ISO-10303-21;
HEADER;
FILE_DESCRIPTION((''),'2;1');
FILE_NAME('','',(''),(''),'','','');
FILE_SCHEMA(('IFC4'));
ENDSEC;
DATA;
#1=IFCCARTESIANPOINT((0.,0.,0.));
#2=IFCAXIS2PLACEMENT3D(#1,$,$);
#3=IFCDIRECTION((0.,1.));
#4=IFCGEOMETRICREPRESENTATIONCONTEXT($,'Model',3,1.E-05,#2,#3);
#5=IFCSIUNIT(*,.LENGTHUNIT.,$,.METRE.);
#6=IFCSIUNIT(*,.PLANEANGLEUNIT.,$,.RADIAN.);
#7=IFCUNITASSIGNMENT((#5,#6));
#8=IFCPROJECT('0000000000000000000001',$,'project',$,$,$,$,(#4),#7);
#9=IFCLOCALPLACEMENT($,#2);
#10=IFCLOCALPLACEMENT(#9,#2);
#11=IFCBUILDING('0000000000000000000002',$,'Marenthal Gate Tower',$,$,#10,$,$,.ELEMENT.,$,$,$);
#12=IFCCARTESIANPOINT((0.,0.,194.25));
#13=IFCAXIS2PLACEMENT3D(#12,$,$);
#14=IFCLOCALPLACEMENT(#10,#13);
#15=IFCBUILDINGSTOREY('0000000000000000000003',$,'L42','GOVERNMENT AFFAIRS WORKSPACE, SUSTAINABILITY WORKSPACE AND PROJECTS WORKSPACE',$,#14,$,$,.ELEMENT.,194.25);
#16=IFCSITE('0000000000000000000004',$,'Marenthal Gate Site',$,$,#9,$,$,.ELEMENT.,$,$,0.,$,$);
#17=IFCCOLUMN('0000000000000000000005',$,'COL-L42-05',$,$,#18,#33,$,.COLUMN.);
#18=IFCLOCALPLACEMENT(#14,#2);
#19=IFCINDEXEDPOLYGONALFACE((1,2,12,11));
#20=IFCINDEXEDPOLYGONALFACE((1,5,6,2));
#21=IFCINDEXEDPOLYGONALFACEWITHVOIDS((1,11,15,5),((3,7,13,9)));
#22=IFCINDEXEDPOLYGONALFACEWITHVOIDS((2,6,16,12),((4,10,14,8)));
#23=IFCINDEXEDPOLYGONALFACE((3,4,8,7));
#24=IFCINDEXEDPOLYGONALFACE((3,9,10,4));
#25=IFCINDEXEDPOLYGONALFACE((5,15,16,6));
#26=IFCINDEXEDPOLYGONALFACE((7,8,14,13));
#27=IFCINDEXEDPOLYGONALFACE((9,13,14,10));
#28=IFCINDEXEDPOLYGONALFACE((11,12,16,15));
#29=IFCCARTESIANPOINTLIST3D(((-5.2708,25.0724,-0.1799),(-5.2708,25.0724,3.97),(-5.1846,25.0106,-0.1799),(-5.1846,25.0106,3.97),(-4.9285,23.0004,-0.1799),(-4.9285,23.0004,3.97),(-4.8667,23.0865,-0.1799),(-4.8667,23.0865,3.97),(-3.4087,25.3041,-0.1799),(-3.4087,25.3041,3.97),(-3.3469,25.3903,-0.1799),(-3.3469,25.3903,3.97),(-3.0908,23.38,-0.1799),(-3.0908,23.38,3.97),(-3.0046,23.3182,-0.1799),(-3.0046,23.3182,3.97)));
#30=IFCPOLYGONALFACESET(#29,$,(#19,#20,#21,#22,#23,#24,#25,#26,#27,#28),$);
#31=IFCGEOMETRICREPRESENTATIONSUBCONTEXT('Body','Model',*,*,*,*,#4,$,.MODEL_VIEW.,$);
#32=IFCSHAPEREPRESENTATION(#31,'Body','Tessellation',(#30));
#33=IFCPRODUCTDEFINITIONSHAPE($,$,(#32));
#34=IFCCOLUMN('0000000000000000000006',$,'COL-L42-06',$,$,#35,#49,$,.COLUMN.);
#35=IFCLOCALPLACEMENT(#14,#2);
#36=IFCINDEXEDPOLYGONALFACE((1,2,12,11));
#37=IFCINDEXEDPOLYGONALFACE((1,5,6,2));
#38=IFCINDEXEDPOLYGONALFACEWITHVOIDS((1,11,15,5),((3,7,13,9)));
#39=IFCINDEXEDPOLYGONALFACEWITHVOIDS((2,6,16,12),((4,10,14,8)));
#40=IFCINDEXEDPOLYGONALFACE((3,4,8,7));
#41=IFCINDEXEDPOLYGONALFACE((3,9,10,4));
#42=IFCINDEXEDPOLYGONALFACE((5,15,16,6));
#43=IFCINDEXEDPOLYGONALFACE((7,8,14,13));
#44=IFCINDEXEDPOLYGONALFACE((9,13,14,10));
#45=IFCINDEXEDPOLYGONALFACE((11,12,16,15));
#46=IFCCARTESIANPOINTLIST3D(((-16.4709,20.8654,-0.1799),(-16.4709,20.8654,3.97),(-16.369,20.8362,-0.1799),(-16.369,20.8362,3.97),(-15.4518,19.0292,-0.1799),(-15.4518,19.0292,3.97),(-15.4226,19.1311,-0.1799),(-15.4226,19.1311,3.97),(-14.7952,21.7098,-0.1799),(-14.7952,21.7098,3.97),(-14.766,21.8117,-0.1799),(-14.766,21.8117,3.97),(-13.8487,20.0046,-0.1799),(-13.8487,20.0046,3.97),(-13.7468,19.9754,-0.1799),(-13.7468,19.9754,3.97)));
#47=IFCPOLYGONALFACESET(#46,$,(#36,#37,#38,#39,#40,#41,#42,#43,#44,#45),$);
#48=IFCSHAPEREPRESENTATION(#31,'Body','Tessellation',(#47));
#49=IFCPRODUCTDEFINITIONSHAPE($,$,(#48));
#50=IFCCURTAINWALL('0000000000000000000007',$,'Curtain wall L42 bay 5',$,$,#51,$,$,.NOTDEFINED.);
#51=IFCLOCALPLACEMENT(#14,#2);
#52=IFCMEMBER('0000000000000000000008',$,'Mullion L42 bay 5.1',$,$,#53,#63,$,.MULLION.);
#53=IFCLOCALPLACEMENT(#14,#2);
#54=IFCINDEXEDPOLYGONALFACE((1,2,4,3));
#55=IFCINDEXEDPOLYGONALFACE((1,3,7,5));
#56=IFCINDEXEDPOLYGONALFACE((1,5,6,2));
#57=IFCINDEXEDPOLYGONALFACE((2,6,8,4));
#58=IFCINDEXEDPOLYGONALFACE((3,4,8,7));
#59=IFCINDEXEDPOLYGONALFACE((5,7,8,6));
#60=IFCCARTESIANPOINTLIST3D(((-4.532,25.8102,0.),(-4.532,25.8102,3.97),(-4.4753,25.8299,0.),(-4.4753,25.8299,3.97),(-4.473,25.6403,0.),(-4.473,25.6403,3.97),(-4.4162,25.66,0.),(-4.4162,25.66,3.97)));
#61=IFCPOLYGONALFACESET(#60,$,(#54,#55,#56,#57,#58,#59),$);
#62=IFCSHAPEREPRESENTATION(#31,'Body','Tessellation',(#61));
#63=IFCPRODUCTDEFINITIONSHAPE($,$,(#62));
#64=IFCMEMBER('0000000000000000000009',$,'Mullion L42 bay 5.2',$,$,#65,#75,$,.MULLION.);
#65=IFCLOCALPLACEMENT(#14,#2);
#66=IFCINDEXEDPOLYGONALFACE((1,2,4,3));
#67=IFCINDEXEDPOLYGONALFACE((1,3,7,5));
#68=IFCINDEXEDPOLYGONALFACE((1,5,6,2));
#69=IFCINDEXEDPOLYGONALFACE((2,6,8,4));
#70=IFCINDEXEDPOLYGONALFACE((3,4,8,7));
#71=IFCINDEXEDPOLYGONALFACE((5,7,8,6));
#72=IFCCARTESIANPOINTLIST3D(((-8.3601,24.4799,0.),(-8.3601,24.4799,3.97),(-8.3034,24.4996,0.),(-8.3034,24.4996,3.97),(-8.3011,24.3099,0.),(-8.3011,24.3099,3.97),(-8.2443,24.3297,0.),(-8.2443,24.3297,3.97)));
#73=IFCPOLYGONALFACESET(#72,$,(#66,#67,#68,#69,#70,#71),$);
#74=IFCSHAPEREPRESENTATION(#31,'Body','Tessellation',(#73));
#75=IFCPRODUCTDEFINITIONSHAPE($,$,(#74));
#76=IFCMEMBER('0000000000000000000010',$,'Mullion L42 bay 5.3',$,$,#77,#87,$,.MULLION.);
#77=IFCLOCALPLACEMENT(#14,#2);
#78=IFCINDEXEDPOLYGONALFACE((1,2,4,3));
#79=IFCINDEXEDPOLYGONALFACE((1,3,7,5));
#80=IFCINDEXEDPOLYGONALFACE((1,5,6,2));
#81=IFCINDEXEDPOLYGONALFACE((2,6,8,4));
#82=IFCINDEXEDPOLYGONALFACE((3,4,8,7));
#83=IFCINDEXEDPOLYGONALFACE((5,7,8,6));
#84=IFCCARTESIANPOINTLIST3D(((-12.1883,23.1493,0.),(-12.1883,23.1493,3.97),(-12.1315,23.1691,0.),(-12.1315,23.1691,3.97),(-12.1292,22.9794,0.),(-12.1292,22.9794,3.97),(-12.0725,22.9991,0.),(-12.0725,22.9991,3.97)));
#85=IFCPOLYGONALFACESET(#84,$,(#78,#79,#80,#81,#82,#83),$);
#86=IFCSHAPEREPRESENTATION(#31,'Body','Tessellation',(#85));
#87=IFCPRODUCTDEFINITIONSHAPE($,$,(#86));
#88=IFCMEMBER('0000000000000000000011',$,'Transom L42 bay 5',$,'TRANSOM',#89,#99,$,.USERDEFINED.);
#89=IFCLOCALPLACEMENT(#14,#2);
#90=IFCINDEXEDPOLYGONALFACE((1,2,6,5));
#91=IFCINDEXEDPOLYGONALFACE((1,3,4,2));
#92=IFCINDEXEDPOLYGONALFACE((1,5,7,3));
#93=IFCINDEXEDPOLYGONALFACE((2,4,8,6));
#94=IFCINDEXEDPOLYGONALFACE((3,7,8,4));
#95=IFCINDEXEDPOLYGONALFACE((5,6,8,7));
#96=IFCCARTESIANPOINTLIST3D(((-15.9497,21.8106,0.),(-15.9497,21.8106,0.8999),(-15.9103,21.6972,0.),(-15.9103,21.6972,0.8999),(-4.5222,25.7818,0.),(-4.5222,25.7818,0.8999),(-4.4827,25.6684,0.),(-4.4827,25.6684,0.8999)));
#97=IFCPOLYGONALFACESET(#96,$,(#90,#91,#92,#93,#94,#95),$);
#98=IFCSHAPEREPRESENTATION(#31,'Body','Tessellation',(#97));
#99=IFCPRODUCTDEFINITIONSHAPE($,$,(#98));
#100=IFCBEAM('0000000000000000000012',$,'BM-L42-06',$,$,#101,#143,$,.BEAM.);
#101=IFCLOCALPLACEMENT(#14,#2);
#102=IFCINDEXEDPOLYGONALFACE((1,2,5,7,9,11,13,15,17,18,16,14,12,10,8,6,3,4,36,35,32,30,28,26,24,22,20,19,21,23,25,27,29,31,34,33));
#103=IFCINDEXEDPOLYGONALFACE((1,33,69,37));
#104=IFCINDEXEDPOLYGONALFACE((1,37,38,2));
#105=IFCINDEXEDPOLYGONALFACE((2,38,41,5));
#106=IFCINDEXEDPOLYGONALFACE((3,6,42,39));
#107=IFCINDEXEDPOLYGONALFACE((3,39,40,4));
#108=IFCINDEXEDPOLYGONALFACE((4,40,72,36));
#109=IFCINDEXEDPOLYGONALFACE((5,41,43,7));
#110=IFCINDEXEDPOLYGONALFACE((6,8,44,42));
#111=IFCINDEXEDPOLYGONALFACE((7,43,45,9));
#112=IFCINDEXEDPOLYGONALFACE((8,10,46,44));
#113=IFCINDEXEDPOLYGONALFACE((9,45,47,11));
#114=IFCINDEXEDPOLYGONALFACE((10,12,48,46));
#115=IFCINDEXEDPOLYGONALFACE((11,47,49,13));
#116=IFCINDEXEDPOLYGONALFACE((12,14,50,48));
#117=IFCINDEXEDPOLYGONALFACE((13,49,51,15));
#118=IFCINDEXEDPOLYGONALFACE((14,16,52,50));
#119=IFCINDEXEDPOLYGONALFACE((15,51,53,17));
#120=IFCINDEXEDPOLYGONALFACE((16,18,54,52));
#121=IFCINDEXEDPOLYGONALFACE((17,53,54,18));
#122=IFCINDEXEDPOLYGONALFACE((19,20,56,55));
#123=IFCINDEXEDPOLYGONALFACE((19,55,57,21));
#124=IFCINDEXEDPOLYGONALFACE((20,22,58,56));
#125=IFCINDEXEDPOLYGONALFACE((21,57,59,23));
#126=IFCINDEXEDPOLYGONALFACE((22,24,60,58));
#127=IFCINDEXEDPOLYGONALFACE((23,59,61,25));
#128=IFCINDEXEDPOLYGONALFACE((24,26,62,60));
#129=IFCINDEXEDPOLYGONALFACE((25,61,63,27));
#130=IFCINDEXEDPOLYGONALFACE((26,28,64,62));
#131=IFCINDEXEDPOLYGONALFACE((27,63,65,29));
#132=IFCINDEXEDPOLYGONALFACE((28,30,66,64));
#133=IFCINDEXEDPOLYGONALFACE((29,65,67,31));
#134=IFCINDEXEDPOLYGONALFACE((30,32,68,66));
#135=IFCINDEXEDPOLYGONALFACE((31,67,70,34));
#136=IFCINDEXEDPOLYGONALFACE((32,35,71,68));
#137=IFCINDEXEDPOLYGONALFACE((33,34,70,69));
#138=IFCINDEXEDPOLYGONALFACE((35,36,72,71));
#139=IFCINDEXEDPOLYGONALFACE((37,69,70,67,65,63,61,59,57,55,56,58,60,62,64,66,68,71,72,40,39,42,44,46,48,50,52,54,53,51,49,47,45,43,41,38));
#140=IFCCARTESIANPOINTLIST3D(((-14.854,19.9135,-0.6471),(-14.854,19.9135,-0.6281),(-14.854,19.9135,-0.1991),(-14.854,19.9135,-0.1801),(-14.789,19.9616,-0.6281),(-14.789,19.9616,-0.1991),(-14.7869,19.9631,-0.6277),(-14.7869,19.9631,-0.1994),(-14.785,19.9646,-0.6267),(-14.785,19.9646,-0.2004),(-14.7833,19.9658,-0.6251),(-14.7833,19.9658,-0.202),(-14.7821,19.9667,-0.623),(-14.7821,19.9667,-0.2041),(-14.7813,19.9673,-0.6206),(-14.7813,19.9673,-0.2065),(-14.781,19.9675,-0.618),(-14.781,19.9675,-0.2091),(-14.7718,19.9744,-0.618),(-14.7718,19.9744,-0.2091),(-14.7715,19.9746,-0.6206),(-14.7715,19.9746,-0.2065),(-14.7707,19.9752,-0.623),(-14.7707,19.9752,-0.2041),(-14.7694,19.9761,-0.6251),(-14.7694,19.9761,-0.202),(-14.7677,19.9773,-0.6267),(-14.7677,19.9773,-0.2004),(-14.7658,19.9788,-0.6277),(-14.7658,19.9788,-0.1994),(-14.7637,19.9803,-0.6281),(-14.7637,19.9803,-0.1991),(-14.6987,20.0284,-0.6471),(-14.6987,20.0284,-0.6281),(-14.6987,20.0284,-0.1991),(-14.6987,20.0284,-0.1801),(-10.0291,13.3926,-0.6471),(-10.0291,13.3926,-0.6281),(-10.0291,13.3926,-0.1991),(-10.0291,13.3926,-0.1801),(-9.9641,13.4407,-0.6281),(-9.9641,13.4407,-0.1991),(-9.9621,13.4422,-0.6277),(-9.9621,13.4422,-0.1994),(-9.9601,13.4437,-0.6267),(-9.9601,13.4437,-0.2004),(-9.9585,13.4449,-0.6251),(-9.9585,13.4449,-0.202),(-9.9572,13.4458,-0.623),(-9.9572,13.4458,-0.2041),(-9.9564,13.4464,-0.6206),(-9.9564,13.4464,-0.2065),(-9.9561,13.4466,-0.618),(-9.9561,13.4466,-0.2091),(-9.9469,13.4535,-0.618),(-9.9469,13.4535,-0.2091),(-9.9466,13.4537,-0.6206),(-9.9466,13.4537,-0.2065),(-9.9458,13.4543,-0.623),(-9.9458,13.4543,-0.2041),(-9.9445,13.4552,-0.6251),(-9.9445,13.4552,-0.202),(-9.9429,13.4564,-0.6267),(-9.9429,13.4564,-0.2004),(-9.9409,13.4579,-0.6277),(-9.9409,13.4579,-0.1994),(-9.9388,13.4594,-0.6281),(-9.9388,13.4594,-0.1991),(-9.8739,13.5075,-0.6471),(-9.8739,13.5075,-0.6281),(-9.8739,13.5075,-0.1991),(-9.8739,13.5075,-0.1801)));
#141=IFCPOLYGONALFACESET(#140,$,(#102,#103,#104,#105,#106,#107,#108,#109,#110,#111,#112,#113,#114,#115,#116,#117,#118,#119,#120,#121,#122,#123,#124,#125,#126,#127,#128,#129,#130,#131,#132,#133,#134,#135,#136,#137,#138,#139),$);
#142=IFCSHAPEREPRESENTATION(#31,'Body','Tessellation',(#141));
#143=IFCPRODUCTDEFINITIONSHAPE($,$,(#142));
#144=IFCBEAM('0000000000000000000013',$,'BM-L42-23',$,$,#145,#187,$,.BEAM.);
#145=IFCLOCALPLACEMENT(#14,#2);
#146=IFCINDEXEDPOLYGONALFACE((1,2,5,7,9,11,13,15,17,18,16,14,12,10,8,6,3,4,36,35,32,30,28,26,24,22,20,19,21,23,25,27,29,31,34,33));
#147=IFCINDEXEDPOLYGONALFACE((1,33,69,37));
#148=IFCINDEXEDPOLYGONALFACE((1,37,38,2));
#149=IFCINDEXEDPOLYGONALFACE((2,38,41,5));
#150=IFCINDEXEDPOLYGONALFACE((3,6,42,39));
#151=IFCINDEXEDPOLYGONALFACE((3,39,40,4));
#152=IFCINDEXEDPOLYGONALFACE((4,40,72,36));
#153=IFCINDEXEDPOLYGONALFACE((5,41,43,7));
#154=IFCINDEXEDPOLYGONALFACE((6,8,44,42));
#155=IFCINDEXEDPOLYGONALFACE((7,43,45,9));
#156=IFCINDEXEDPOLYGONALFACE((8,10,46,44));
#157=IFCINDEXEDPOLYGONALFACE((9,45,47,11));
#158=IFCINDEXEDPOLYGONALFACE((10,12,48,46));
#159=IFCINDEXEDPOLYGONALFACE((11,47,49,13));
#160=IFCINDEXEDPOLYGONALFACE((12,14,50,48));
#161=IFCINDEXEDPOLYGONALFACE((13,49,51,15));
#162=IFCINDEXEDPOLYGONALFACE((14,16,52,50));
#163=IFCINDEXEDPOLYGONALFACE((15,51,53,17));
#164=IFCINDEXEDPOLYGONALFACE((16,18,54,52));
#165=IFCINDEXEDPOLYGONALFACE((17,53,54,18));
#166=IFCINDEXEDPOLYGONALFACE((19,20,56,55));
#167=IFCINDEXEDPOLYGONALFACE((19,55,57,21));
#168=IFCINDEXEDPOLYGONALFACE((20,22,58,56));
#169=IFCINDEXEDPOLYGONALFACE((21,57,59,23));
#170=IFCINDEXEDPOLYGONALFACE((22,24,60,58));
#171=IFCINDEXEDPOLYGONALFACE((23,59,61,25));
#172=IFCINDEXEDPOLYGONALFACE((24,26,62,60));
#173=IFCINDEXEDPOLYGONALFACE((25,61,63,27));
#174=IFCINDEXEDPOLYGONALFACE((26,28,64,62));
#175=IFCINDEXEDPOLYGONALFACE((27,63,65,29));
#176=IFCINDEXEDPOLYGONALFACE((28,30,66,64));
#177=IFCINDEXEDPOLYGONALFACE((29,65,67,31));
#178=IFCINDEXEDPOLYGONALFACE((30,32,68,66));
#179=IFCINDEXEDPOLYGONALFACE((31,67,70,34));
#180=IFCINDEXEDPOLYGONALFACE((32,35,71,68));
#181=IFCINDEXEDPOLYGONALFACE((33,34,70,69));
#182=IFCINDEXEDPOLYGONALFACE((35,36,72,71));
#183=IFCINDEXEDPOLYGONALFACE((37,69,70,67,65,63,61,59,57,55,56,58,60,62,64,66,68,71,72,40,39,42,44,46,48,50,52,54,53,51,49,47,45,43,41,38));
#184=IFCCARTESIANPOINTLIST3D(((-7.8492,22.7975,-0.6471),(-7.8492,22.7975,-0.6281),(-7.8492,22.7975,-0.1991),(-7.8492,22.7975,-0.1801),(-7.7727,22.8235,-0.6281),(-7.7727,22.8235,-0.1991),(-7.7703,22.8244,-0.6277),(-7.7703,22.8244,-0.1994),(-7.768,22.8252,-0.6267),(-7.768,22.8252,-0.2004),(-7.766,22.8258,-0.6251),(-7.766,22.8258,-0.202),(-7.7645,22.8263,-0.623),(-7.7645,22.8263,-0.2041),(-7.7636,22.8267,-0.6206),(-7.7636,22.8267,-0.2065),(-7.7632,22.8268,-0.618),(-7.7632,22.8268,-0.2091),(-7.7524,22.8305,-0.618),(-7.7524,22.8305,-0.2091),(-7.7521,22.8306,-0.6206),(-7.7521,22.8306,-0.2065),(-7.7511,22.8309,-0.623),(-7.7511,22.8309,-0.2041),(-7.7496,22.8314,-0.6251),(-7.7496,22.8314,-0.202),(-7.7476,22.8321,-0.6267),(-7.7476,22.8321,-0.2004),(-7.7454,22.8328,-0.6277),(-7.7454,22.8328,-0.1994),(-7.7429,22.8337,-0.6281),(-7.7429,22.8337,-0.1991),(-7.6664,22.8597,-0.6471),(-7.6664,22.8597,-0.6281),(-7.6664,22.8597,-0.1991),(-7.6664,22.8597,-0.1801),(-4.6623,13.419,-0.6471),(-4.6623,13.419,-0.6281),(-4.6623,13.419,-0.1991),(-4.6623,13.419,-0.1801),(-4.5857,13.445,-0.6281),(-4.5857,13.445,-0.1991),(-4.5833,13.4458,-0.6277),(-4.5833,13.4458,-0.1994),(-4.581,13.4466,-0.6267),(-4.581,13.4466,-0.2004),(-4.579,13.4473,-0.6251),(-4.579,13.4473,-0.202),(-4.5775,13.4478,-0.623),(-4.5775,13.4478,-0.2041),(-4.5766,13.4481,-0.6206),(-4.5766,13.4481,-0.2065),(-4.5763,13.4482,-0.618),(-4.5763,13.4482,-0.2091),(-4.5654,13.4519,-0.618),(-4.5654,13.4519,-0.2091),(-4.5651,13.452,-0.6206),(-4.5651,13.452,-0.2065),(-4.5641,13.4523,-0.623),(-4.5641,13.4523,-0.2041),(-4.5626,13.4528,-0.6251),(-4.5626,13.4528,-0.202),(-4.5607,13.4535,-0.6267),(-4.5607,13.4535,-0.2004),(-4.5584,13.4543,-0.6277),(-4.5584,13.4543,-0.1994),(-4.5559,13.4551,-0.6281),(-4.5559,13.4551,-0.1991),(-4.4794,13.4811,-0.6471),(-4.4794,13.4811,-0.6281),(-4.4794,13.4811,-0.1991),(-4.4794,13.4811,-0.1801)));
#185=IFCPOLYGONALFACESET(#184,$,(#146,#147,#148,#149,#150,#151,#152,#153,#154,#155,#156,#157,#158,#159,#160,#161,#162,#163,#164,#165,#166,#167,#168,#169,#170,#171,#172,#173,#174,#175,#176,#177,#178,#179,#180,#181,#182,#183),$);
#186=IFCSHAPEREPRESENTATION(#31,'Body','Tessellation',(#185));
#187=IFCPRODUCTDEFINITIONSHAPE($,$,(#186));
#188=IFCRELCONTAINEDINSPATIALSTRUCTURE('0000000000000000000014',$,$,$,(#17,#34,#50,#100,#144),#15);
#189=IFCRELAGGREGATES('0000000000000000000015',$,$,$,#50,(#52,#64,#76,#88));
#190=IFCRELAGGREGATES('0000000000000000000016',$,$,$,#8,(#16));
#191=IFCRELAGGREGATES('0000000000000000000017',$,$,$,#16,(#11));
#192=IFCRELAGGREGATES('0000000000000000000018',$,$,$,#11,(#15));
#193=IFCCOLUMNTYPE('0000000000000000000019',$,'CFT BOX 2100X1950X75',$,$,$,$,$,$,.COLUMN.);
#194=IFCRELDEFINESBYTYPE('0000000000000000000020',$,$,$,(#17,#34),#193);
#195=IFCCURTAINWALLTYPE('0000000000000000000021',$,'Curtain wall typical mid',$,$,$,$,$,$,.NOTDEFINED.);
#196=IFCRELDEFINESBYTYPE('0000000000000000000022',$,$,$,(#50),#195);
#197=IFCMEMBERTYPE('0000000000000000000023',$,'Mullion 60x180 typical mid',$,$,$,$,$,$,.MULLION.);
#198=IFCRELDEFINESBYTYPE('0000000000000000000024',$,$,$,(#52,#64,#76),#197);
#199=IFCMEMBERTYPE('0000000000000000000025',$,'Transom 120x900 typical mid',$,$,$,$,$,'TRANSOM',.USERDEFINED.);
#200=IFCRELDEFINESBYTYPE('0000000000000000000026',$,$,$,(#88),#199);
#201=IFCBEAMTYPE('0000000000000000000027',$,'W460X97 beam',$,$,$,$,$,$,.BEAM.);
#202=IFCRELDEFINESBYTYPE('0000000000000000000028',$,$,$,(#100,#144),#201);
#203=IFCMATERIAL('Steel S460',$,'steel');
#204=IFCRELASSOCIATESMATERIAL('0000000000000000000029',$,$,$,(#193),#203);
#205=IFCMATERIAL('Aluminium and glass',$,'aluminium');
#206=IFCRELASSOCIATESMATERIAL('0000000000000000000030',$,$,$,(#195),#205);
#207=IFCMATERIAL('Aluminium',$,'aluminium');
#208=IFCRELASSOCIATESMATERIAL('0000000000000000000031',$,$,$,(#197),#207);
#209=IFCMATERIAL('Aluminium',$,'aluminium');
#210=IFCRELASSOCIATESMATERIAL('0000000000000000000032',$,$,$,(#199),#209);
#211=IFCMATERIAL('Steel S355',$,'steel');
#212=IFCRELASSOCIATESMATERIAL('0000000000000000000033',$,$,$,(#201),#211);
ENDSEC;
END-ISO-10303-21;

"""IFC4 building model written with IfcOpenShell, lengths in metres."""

from ifc_helpers import new_model, si_unit, direction, frame, origin, origin_2d, place, context, subcontext, project, spatial, rectangle, hollow_rectangle, i_section, extrude, material, material_profile, profile_set, type_object, element, aggregate, save


model = new_model("IFC4")

# Units and contexts
model_context = context("Model", 3, precision=1e-05, world=origin(), true_north=direction((0.0, 1.0)))
body_context = subcontext(model_context, "Body", "Model", "MODEL_VIEW")
ifc_project = project(units=[si_unit("LENGTHUNIT", "METRE"), si_unit("PLANEANGLEUNIT", "RADIAN")], contexts=[model_context])

# Site, building, storey
site_placement = place(None, origin())
site = spatial("IfcSite", under=ifc_project, at=site_placement, Name="Marenthal Gate Site", CompositionType="ELEMENT", RefElevation=0.0)
building_placement = place(site_placement, origin())
building = spatial("IfcBuilding", under=site, at=building_placement, Name="Marenthal Gate Tower", CompositionType="ELEMENT")
storey_placement = place(building_placement, frame((0.0, 0.0, 194.25)))
storey = spatial("IfcBuildingStorey", under=building, at=storey_placement, Name="L42", Description="GOVERNMENT AFFAIRS WORKSPACE, SUSTAINABILITY WORKSPACE AND PROJECTS WORKSPACE", CompositionType="ELEMENT", Elevation=194.25)

# Columns
ifc_material_1 = material(Name="Steel S460", Category="steel")
ifc_material_profile_1 = material_profile(ifc_material_1, hollow_rectangle(XDim=1.95, YDim=2.1001, WallThickness=0.075, at=origin_2d()), Name="CFT BOX 2100X1950X75")
ifc_material_2 = material(Name="Concrete 70 MPa", Category="concrete")
ifc_material_profile_2 = material_profile(ifc_material_2, rectangle(XDim=1.8, YDim=1.95, at=origin_2d()), Name="CFT BOX 2100X1950X75 INFILL")
ifc_profile_set_1 = profile_set([ifc_material_profile_1, ifc_material_profile_2], Name="Steel S460 shell, Concrete 70 MPa infill")
column_type = type_object("IfcColumnType", Name="CFT BOX 2100X1950X75", PredefinedType="COLUMN", material=ifc_profile_set_1)
for number, where, z_axis, x_axis, name in (
    (1, (-4.1377, 24.1953, -0.1799), (0.0, 0.0, 1.0), (0.986623, 0.163018, 0.0), "COL-L42-05"),
    (2, (-15.1089, 20.4204, -0.1799), (0.0, 0.0, 1.0), (0.874354, 0.485289, 0.0), "COL-L42-06"),
):
    element("IfcColumn", number, at=place(storey_placement, frame(where, z_axis=z_axis, x_axis=x_axis)), inside=storey, type_object=column_type, Name=name, PredefinedType="COLUMN", context=body_context, shape_type="SweptSolid", body=[
        extrude(hollow_rectangle(XDim=1.95, YDim=2.1001, WallThickness=0.075, at=origin_2d()), origin(), (0.0, 0.0, 1.0), 4.1499),
    ])

# Curtain wall, members
ifc_material_3 = material(Name="Aluminium and glass", Category="aluminium")
curtain_wall_type = type_object("IfcCurtainWallType", Name="Curtain wall typical mid", PredefinedType="NOTDEFINED", material=ifc_material_3)
curtain_wall_placement = place(storey_placement, origin())
curtain_wall = element("IfcCurtainWall", 3, at=curtain_wall_placement, inside=storey, type_object=curtain_wall_type, Name="Curtain wall L42 bay 5", PredefinedType="NOTDEFINED")
ifc_material_4 = material(Name="Aluminium", Category="aluminium")
ifc_material_profile_3 = material_profile(ifc_material_4, rectangle(XDim=0.1799, YDim=0.0601, at=origin_2d()), Name="60x180 aluminium mullion")
ifc_profile_set_2 = profile_set([ifc_material_profile_3], Name="Aluminium")
member_type_1 = type_object("IfcMemberType", Name="Mullion 60x180 typical mid", PredefinedType="MULLION", material=ifc_profile_set_2)
member_1_placement = place(storey_placement, frame((-4.4741, 25.7351, 0.0), z_axis=(0.0, 0.0, 1.0), x_axis=(0.328273, -0.944583, 0.0)))
member_1 = element("IfcMember", 4, at=member_1_placement, type_object=member_type_1, Name="Mullion L42 bay 5.1", PredefinedType="MULLION", context=body_context, shape_type="SweptSolid", body=[
    extrude(rectangle(XDim=0.1799, YDim=0.0601, at=origin_2d()), origin(), (0.0, 0.0, 1.0), 3.97),
])
member_2_placement = place(storey_placement, frame((-8.3022, 24.4048, 0.0), z_axis=(0.0, 0.0, 1.0), x_axis=(0.328273, -0.944583, 0.0)))
member_2 = element("IfcMember", 5, at=member_2_placement, type_object=member_type_1, Name="Mullion L42 bay 5.2", PredefinedType="MULLION", context=body_context, shape_type="SweptSolid", body=[
    extrude(rectangle(XDim=0.1799, YDim=0.0601, at=origin_2d()), origin(), (0.0, 0.0, 1.0), 3.97),
])
member_3_placement = place(storey_placement, frame((-12.1304, 23.0742, 0.0), z_axis=(0.0, 0.0, 1.0), x_axis=(0.328273, -0.944583, 0.0)))
member_3 = element("IfcMember", 6, at=member_3_placement, type_object=member_type_1, Name="Mullion L42 bay 5.3", PredefinedType="MULLION", context=body_context, shape_type="SweptSolid", body=[
    extrude(rectangle(XDim=0.1799, YDim=0.0601, at=origin_2d()), origin(), (0.0, 0.0, 1.0), 3.97),
])
ifc_material_5 = material(Name="Aluminium", Category="aluminium")
ifc_material_profile_4 = material_profile(ifc_material_5, rectangle(XDim=0.1201, YDim=0.8999, at=origin_2d()), Name="120x900 aluminium transom")
ifc_profile_set_3 = profile_set([ifc_material_profile_4], Name="Aluminium")
member_type_2 = type_object("IfcMemberType", Name="Transom 120x900 typical mid", ElementType="TRANSOM", PredefinedType="USERDEFINED", material=ifc_profile_set_3)
member_4_placement = place(storey_placement, frame((-4.5024, 25.7251, 0.45), z_axis=(-0.944589, -0.328256, 0.0), x_axis=(0.328256, -0.944589, 0.0)))
member_4 = element("IfcMember", 7, at=member_4_placement, type_object=member_type_2, Name="Transom L42 bay 5", ObjectType="TRANSOM", PredefinedType="USERDEFINED", context=body_context, shape_type="SweptSolid", body=[
    extrude(rectangle(XDim=0.1201, YDim=0.8999, at=origin_2d()), origin(), (0.0, 0.0, 1.0), 12.0979),
])

# Beams
ifc_material_6 = material(Name="Steel S355", Category="steel")
ifc_material_profile_5 = material_profile(ifc_material_6, i_section(OverallWidth=0.1931, OverallDepth=0.467, WebThickness=0.0115, FlangeThickness=0.019, FilletRadius=0.01, at=origin_2d()), Name="W460X97")
ifc_profile_set_4 = profile_set([ifc_material_profile_5], Name="Steel S355")
beam_type_1 = type_object("IfcBeamType", Name="W460X97 beam", PredefinedType="BEAM", material=ifc_profile_set_4)
beam_1_placement = place(storey_placement, frame((-14.7764, 19.9709, -0.4136), z_axis=(0.594796, -0.803876, 0.0), x_axis=(0.803876, 0.594796, 0.0)))
element("IfcBeam", 8, at=beam_1_placement, inside=storey, type_object=beam_type_1, Name="BM-L42-06", PredefinedType="BEAM", context=body_context, shape_type="SweptSolid", body=[
    extrude(i_section(OverallWidth=0.1931, OverallDepth=0.467, WebThickness=0.0115, FlangeThickness=0.019, FilletRadius=0.01, at=origin_2d()), origin(), (0.0, 0.0, 1.0), 8.1118),
])
beam_2_placement = place(storey_placement, frame((-7.7578, 22.8286, -0.4136), z_axis=(0.321746, -0.946826, 0.0), x_axis=(0.946826, 0.321746, 0.0)))
element("IfcBeam", 9, at=beam_2_placement, inside=storey, type_object=beam_type_1, Name="BM-L42-23", PredefinedType="BEAM", context=body_context, shape_type="SweptSolid", body=[
    extrude(i_section(OverallWidth=0.1931, OverallDepth=0.467, WebThickness=0.0115, FlangeThickness=0.019, FilletRadius=0.01, at=origin_2d()), origin(), (0.0, 0.0, 1.0), 9.9053),
])

aggregate(curtain_wall, [member_1, member_2, member_3, member_4])

save(model, "model.ifc")
